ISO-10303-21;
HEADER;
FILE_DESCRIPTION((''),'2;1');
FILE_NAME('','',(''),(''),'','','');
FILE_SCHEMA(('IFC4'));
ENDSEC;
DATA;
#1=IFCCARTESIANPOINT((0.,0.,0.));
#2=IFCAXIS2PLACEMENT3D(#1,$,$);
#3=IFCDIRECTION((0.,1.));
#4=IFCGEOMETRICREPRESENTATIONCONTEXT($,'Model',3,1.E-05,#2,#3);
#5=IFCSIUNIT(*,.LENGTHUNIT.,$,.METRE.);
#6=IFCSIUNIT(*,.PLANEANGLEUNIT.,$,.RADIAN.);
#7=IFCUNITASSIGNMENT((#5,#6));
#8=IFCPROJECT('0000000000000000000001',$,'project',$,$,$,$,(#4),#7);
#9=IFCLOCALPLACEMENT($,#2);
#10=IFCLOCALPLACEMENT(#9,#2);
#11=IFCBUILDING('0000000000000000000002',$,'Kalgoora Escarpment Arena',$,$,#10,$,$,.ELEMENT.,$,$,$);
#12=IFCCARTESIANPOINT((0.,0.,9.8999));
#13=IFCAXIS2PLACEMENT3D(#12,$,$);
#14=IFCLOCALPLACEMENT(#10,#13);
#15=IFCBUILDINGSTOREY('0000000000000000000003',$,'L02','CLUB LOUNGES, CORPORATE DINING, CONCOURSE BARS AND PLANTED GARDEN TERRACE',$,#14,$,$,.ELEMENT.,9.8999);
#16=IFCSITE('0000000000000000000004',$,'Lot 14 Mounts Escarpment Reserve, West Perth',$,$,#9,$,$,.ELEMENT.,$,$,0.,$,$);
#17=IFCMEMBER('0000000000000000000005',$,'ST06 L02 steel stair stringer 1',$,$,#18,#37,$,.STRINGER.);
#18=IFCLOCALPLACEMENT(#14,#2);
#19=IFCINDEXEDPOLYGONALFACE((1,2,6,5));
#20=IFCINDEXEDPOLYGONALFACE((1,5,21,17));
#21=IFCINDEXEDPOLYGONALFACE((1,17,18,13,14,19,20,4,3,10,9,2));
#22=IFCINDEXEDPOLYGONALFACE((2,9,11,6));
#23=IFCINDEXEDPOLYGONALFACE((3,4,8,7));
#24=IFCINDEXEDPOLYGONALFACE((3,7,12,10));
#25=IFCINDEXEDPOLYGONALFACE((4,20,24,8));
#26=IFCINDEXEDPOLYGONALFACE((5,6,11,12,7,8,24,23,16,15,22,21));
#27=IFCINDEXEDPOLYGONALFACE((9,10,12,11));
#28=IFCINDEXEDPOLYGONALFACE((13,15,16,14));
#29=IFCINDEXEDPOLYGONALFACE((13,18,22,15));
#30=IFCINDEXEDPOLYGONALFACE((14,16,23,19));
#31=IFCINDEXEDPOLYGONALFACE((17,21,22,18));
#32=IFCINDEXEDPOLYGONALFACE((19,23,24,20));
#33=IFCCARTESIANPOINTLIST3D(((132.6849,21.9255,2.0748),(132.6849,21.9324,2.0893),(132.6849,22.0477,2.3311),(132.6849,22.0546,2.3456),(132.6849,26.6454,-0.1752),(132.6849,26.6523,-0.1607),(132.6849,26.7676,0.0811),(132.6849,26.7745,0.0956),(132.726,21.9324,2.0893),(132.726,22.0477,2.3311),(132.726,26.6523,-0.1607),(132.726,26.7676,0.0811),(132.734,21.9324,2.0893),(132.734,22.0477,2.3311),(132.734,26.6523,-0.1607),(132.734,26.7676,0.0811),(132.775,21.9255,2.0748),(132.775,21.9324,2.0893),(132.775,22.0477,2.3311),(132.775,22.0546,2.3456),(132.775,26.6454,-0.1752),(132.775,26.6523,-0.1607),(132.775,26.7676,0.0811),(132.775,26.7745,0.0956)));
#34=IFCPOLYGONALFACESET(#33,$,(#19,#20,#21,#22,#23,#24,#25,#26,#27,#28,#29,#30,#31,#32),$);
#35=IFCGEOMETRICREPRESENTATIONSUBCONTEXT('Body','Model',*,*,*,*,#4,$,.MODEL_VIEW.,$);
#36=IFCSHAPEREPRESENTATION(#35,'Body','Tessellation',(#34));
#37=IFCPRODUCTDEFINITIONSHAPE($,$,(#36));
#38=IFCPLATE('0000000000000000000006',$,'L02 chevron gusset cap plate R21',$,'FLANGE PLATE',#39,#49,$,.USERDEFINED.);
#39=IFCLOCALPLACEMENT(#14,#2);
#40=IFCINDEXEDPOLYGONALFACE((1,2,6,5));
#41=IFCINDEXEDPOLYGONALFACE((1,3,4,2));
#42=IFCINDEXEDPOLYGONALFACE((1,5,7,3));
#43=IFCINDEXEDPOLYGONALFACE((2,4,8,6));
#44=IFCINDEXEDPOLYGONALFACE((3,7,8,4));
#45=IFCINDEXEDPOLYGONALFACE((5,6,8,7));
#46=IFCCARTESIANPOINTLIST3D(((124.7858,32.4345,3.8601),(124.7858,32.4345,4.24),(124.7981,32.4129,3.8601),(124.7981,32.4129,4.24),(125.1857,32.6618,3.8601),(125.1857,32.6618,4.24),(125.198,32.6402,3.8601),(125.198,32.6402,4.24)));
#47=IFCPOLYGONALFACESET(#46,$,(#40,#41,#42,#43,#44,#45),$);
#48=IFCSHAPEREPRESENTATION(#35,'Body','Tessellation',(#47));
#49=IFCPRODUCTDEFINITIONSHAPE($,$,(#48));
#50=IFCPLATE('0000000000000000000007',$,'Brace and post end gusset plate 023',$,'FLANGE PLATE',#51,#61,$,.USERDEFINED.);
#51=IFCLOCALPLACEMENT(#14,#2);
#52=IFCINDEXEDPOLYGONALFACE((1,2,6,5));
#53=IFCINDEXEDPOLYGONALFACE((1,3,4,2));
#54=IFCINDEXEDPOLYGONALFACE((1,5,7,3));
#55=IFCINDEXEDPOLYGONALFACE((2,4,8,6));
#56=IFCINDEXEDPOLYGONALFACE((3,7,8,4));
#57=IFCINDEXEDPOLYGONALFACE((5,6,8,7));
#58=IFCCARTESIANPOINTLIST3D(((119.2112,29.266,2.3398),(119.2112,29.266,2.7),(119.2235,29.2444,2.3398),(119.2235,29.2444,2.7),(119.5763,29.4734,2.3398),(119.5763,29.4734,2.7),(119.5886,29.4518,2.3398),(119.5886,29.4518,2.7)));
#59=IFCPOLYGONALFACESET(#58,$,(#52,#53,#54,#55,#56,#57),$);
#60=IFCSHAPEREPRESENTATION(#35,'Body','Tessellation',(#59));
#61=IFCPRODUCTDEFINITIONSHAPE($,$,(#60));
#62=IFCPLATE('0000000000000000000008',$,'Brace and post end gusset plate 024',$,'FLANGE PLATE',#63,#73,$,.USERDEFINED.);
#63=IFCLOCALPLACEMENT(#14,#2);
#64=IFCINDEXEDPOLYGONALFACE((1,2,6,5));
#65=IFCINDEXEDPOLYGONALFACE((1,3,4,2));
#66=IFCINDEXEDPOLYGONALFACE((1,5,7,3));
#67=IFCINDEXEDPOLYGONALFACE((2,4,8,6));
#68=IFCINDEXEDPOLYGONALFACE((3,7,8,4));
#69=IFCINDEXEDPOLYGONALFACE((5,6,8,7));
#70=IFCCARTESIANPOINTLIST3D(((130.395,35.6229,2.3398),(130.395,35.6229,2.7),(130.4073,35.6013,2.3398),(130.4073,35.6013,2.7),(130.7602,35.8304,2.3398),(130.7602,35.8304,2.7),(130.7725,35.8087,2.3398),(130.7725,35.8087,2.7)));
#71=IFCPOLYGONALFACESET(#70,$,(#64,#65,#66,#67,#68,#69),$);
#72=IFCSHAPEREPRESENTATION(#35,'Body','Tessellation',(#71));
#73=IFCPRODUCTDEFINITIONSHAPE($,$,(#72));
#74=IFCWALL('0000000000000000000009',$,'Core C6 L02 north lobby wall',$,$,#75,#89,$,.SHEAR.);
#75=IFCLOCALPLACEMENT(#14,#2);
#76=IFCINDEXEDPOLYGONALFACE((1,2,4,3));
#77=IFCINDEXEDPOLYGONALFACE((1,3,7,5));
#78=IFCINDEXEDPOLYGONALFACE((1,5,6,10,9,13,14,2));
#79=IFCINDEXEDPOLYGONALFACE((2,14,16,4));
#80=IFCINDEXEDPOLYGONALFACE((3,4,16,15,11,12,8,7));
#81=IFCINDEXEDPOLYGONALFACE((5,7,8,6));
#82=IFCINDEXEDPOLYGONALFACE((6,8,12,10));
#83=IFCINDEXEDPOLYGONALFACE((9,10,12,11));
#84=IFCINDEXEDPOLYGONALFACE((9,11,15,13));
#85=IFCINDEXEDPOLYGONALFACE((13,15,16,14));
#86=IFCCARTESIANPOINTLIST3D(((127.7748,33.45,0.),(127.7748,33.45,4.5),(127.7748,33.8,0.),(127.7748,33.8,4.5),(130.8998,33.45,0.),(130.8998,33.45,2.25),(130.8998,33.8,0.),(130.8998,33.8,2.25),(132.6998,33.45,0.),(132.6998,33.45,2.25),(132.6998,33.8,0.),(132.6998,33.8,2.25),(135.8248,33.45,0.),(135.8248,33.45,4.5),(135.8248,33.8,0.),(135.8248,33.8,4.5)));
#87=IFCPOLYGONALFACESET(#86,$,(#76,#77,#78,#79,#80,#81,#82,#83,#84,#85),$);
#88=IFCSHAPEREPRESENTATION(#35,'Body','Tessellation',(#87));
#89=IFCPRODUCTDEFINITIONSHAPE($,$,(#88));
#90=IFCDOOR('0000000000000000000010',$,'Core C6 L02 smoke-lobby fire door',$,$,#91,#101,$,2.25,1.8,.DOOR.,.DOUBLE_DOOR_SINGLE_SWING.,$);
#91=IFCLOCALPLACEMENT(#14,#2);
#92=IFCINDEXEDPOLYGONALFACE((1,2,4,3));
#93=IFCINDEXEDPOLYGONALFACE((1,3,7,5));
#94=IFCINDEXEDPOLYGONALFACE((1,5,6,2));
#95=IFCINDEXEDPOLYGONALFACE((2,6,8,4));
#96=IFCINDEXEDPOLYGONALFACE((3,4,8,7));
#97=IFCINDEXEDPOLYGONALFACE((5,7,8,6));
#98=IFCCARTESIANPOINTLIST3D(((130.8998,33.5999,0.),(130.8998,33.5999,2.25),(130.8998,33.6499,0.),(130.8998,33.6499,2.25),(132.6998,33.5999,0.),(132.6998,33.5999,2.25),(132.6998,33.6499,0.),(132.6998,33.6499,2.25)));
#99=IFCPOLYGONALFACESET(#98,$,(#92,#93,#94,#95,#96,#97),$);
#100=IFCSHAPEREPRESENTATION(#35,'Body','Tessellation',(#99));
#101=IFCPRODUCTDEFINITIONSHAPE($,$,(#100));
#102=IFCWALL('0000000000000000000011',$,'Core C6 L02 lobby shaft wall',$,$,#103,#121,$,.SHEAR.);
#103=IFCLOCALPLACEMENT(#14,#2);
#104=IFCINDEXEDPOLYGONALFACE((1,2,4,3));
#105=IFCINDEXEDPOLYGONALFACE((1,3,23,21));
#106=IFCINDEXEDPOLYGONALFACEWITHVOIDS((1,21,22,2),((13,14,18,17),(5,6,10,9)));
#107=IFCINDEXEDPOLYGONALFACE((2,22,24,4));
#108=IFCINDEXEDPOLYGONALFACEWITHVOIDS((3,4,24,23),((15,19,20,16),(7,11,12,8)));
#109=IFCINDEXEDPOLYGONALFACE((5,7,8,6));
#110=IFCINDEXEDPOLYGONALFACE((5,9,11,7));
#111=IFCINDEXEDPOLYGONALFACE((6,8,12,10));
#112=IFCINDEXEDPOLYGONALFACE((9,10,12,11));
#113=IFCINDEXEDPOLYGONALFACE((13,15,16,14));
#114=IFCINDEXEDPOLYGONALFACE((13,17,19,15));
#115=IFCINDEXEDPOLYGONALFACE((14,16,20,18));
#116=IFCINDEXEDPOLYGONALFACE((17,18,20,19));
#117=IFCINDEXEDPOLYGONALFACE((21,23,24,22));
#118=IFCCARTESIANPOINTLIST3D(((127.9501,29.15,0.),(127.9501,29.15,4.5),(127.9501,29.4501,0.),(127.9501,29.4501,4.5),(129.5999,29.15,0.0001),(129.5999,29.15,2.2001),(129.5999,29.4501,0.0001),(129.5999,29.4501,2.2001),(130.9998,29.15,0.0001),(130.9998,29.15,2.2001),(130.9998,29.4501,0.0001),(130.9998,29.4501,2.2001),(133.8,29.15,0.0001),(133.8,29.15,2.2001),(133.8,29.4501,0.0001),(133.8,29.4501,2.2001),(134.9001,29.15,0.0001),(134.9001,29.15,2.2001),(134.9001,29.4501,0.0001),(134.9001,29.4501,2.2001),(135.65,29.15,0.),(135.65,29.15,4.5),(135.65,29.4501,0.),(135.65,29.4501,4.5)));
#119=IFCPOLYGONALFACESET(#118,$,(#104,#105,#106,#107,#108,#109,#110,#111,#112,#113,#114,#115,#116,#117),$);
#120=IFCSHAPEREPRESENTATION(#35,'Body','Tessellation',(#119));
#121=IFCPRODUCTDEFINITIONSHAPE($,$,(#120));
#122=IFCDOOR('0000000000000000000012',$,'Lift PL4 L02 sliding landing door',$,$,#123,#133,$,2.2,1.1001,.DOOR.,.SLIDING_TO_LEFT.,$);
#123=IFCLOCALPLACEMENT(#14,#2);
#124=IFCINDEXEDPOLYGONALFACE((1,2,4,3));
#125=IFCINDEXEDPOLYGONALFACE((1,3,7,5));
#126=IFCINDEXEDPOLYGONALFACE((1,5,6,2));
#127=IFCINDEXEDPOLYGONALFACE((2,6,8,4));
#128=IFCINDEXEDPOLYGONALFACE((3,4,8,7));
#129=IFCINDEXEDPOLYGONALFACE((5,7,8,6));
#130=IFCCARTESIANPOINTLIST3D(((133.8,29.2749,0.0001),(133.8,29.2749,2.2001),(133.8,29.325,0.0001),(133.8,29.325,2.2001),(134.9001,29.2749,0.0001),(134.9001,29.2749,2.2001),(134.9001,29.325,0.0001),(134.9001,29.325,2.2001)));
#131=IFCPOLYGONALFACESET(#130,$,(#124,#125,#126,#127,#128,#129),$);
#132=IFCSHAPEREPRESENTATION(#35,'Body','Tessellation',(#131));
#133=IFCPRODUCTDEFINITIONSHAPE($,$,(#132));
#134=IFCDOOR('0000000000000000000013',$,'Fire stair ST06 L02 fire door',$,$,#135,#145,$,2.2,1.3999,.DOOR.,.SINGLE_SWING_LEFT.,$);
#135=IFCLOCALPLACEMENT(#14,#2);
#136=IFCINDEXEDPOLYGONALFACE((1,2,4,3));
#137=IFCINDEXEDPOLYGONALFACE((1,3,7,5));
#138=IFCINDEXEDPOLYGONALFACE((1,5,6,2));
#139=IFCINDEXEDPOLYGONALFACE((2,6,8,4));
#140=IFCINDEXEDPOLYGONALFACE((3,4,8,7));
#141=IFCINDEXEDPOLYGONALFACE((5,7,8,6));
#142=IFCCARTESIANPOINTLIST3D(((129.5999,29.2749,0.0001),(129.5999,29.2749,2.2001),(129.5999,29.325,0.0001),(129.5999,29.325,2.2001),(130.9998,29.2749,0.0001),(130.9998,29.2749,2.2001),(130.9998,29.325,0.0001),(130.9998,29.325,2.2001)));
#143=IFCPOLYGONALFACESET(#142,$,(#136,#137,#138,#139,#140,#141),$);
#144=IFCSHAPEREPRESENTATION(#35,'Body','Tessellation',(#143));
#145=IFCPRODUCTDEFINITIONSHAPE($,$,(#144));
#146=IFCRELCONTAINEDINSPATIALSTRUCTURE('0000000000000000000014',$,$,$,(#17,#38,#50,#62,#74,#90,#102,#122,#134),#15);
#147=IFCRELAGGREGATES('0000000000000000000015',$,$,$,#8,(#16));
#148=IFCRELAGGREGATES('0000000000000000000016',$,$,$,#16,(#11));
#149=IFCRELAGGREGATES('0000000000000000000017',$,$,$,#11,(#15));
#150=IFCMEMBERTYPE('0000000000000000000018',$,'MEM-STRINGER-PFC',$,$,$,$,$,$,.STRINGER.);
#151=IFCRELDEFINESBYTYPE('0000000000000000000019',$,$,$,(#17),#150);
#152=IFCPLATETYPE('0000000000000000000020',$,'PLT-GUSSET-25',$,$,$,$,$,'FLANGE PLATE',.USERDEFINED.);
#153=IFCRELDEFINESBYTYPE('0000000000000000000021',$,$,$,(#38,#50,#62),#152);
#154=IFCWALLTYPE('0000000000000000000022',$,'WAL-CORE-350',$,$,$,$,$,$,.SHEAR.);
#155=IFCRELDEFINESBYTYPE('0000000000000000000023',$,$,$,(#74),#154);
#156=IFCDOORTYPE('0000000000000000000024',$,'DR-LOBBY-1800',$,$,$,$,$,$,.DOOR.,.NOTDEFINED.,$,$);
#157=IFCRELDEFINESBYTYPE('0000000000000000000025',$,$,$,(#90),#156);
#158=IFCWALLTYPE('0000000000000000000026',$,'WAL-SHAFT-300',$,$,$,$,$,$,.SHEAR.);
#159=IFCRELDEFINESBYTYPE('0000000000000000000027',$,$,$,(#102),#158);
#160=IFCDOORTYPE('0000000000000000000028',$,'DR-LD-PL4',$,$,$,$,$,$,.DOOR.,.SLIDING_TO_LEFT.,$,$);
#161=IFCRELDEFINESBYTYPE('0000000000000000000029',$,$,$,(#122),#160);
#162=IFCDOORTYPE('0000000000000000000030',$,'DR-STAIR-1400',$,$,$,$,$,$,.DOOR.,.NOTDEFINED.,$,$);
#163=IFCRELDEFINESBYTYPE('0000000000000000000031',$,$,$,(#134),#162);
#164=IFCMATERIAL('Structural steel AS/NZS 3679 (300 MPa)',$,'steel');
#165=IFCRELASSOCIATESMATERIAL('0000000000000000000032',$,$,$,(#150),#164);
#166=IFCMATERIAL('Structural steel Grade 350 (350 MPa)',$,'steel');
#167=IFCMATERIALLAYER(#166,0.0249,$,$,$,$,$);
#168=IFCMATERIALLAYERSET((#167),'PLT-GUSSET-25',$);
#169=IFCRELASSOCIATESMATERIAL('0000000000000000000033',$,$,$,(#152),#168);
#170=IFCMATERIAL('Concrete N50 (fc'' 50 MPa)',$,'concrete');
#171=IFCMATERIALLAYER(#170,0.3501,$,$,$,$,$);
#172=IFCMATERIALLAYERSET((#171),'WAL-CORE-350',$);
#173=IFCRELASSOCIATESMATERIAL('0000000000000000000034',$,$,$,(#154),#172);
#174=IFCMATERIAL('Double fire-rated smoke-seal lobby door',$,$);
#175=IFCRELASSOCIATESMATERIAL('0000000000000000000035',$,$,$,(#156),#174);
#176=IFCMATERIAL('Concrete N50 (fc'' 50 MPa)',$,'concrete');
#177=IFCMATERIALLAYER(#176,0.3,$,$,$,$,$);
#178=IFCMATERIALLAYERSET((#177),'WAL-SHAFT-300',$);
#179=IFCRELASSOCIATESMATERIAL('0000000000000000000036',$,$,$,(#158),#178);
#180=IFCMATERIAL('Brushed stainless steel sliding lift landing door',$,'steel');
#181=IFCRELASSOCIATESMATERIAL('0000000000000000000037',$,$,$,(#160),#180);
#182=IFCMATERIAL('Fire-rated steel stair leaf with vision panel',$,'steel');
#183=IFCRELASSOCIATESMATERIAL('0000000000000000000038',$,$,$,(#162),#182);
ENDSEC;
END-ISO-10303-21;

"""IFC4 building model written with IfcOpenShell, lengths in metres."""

from ifc_helpers import new_model, si_unit, direction, frame, frame_2d, origin, origin_2d, place, context, subcontext, project, spatial, rectangle, i_section, extrude, material, layer, layer_set, material_profile, profile_set, type_object, element, fill, save


model = new_model("IFC4")

# Units and contexts
model_context = context("Model", 3, precision=1e-05, world=origin(), true_north=direction((0.0, 1.0)))
body_context = subcontext(model_context, "Body", "Model", "MODEL_VIEW")
ifc_project = project(units=[si_unit("LENGTHUNIT", "METRE"), si_unit("PLANEANGLEUNIT", "RADIAN")], contexts=[model_context])

# Site, building, storey
site_placement = place(None, origin())
site = spatial("IfcSite", under=ifc_project, at=site_placement, Name="Lot 14 Mounts Escarpment Reserve, West Perth", CompositionType="ELEMENT", RefElevation=0.0)
building_placement = place(site_placement, origin())
building = spatial("IfcBuilding", under=site, at=building_placement, Name="Kalgoora Escarpment Arena", CompositionType="ELEMENT")
storey_placement = place(building_placement, frame((0.0, 0.0, 9.8999)))
storey = spatial("IfcBuildingStorey", under=building, at=storey_placement, Name="L02", Description="CLUB LOUNGES, CORPORATE DINING, CONCOURSE BARS AND PLANTED GARDEN TERRACE", CompositionType="ELEMENT", Elevation=9.8999)

# Member
ifc_material_1 = material(Name="Structural steel AS/NZS 3679 (300 MPa)", Category="steel")
ifc_material_profile_1 = material_profile(ifc_material_1, i_section(OverallWidth=0.0901, OverallDepth=0.3, WebThickness=0.0081, FlangeThickness=0.0161, at=origin_2d()))
ifc_profile_set_1 = profile_set([ifc_material_profile_1], Name="Structural steel AS/NZS 3679 (300 MPa)")
member_type_1 = type_object("IfcMemberType", Name="MEM-STRINGER-PFC", PredefinedType="STRINGER", material=ifc_profile_set_1)
member_1_placement = place(storey_placement, frame((132.73, 26.71, -0.0398), z_axis=(0.0, -0.902683, 0.430307), x_axis=(1.0, 0.0, 0.0)))
element("IfcMember", 1, at=member_1_placement, inside=storey, type_object=member_type_1, Name="ST06 L02 steel stair stringer 1", PredefinedType="STRINGER", context=body_context, shape_type="SweptSolid", body=[
    extrude(i_section(OverallWidth=0.0901, OverallDepth=0.3, WebThickness=0.0081, FlangeThickness=0.0161, at=origin_2d()), origin(), (0.0, 0.0, 1.0), 5.2288),
])

# Plates
ifc_material_2 = material(Name="Structural steel Grade 350 (350 MPa)", Category="steel")
ifc_layer_1 = layer(ifc_material_2, 0.0249)
ifc_layer_set_1 = layer_set([ifc_layer_1], Name="PLT-GUSSET-25")
plate_type = type_object("IfcPlateType", Name="PLT-GUSSET-25", ElementType="FLANGE PLATE", PredefinedType="USERDEFINED", material=ifc_layer_set_1)
plate_placement = place(storey_placement, frame((124.9919, 32.5374, 3.8601), z_axis=(0.0, 0.0, 1.0), x_axis=(0.869409, 0.494094, 0.0)))
element("IfcPlate", 2, at=plate_placement, inside=storey, type_object=plate_type, Name="L02 chevron gusset cap plate R21", ObjectType="FLANGE PLATE", PredefinedType="USERDEFINED", context=body_context, shape_type="SweptSolid", body=[
    extrude(rectangle(XDim=0.46, YDim=0.0249, at=origin_2d()), origin(), (0.0, 0.0, 1.0), 0.3799),
])
for number, where, z_axis, x_axis, name in (
    (3, (119.3999, 29.3589, 2.3398), (0.0, 0.0, 1.0), (0.869495, 0.493942, 0.0), "Brace and post end gusset plate 023"),
    (4, (130.5837, 35.7158, 2.3398), (0.0, 0.0, 1.0), (-0.869495, -0.493942, 0.0), "Brace and post end gusset plate 024"),
):
    element("IfcPlate", number, at=place(storey_placement, frame(where, z_axis=z_axis, x_axis=x_axis)), inside=storey, type_object=plate_type, Name=name, ObjectType="FLANGE PLATE", PredefinedType="USERDEFINED", context=body_context, shape_type="SweptSolid", body=[
        extrude(rectangle(XDim=0.4199, YDim=0.0249, at=origin_2d()), origin(), (0.0, 0.0, 1.0), 0.3601),
    ])

# Wall, opening, door
ifc_material_3 = material(Name="Concrete N50 (fc' 50 MPa)", Category="concrete")
ifc_layer_2 = layer(ifc_material_3, 0.3501)
ifc_layer_set_2 = layer_set([ifc_layer_2], Name="WAL-CORE-350")
wall_type_1 = type_object("IfcWallType", Name="WAL-CORE-350", PredefinedType="SHEAR", material=ifc_layer_set_2)
wall_1_placement = place(storey_placement, frame((127.7749, 33.625, 0.0), z_axis=(0.0, 0.0, 1.0), x_axis=(1.0, 0.0, 0.0)))
wall_1 = element("IfcWall", 5, at=wall_1_placement, inside=storey, type_object=wall_type_1, Name="Core C6 L02 north lobby wall", PredefinedType="SHEAR", context=body_context, shape_type="SweptSolid", body=[
    extrude(rectangle(XDim=8.05, YDim=0.3501, at=frame_2d((4.0249, 0.0))), origin(), (0.0, 0.0, 1.0), 4.5),
])
opening_1_placement = place(wall_1_placement, frame((3.125, 0.0, 0.0)))
opening_1 = element("IfcOpeningElement", 6, at=opening_1_placement, cuts=wall_1, PredefinedType="OPENING", context=body_context, shape_type="SweptSolid", body=[
    extrude(rectangle(XDim=1.8, YDim=2.25, at=frame_2d((0.8999, 1.125))), frame((0.0, 0.1851, 0.0), z_axis=(0.0, -1.0, 0.0), x_axis=(1.0, 0.0, 0.0)), (0.0, 0.0, 1.0), 0.3701),
])
ifc_material_4 = material(Name="Double fire-rated smoke-seal lobby door")
door_type_1 = type_object("IfcDoorType", Name="DR-LOBBY-1800", OperationType="NOTDEFINED", PredefinedType="DOOR", material=ifc_material_4)
door_1_placement = place(opening_1_placement, origin())
door_1 = element("IfcDoor", 7, at=door_1_placement, inside=storey, type_object=door_type_1, Name="Core C6 L02 smoke-lobby fire door", OperationType="DOUBLE_DOOR_SINGLE_SWING", OverallHeight=2.25, OverallWidth=1.8, PredefinedType="DOOR", context=body_context, shape_type="SweptSolid", body=[
    extrude(rectangle(XDim=1.8, YDim=2.25, at=frame_2d((0.8999, 1.125))), frame((0.0, 0.0249, 0.0), z_axis=(0.0, -1.0, 0.0), x_axis=(1.0, 0.0, 0.0)), (0.0, 0.0, 1.0), 0.05),
])
fill(opening_1, door_1)

# Wall, openings, doors
ifc_material_5 = material(Name="Concrete N50 (fc' 50 MPa)", Category="concrete")
ifc_layer_3 = layer(ifc_material_5, 0.3)
ifc_layer_set_3 = layer_set([ifc_layer_3], Name="WAL-SHAFT-300")
wall_type_2 = type_object("IfcWallType", Name="WAL-SHAFT-300", PredefinedType="SHEAR", material=ifc_layer_set_3)
wall_2_placement = place(storey_placement, frame((127.95, 29.3, 0.0), z_axis=(0.0, 0.0, 1.0), x_axis=(1.0, 0.0, 0.0)))
wall_2 = element("IfcWall", 8, at=wall_2_placement, inside=storey, type_object=wall_type_2, Name="Core C6 L02 lobby shaft wall", PredefinedType="SHEAR", context=body_context, shape_type="SweptSolid", body=[
    extrude(rectangle(XDim=7.7, YDim=0.3, at=frame_2d((3.8501, 0.0))), origin(), (0.0, 0.0, 1.0), 4.5),
])
opening_2_placement = place(wall_2_placement, frame((1.6499, 0.0, 0.0)))
opening_2 = element("IfcOpeningElement", 9, at=opening_2_placement, cuts=wall_2, PredefinedType="OPENING", context=body_context, shape_type="SweptSolid", body=[
    extrude(rectangle(XDim=1.3999, YDim=2.2, at=frame_2d((0.7, 1.1001))), frame((0.0, 0.1599, 0.0), z_axis=(0.0, -1.0, 0.0), x_axis=(1.0, 0.0, 0.0)), (0.0, 0.0, 1.0), 0.3201),
])
opening_3_placement = place(wall_2_placement, frame((5.8501, 0.0, 0.0)))
opening_3 = element("IfcOpeningElement", 10, at=opening_3_placement, cuts=wall_2, PredefinedType="OPENING", context=body_context, shape_type="SweptSolid", body=[
    extrude(rectangle(XDim=1.1001, YDim=2.2, at=frame_2d((0.55, 1.1001))), frame((0.0, 0.1599, 0.0), z_axis=(0.0, -1.0, 0.0), x_axis=(1.0, 0.0, 0.0)), (0.0, 0.0, 1.0), 0.3201),
])
ifc_material_6 = material(Name="Brushed stainless steel sliding lift landing door", Category="steel")
door_type_2 = type_object("IfcDoorType", Name="DR-LD-PL4", OperationType="SLIDING_TO_LEFT", PredefinedType="DOOR", material=ifc_material_6)
door_2_placement = place(opening_3_placement, origin())
door_2 = element("IfcDoor", 11, at=door_2_placement, inside=storey, type_object=door_type_2, Name="Lift PL4 L02 sliding landing door", OperationType="SLIDING_TO_LEFT", OverallHeight=2.2, OverallWidth=1.1001, PredefinedType="DOOR", context=body_context, shape_type="SweptSolid", body=[
    extrude(rectangle(XDim=1.1001, YDim=2.2, at=frame_2d((0.55, 1.1001))), frame((0.0, 0.0249, 0.0), z_axis=(0.0, -1.0, 0.0), x_axis=(1.0, 0.0, 0.0)), (0.0, 0.0, 1.0), 0.05),
])
fill(opening_3, door_2)
ifc_material_7 = material(Name="Fire-rated steel stair leaf with vision panel", Category="steel")
door_type_3 = type_object("IfcDoorType", Name="DR-STAIR-1400", OperationType="NOTDEFINED", PredefinedType="DOOR", material=ifc_material_7)
door_3_placement = place(opening_2_placement, origin())
door_3 = element("IfcDoor", 12, at=door_3_placement, inside=storey, type_object=door_type_3, Name="Fire stair ST06 L02 fire door", OperationType="SINGLE_SWING_LEFT", OverallHeight=2.2, OverallWidth=1.3999, PredefinedType="DOOR", context=body_context, shape_type="SweptSolid", body=[
    extrude(rectangle(XDim=1.3999, YDim=2.2, at=frame_2d((0.7, 1.1001))), frame((0.0, 0.0249, 0.0), z_axis=(0.0, -1.0, 0.0), x_axis=(1.0, 0.0, 0.0)), (0.0, 0.0, 1.0), 0.05),
])
fill(opening_2, door_3)

save(model, "model.ifc")
